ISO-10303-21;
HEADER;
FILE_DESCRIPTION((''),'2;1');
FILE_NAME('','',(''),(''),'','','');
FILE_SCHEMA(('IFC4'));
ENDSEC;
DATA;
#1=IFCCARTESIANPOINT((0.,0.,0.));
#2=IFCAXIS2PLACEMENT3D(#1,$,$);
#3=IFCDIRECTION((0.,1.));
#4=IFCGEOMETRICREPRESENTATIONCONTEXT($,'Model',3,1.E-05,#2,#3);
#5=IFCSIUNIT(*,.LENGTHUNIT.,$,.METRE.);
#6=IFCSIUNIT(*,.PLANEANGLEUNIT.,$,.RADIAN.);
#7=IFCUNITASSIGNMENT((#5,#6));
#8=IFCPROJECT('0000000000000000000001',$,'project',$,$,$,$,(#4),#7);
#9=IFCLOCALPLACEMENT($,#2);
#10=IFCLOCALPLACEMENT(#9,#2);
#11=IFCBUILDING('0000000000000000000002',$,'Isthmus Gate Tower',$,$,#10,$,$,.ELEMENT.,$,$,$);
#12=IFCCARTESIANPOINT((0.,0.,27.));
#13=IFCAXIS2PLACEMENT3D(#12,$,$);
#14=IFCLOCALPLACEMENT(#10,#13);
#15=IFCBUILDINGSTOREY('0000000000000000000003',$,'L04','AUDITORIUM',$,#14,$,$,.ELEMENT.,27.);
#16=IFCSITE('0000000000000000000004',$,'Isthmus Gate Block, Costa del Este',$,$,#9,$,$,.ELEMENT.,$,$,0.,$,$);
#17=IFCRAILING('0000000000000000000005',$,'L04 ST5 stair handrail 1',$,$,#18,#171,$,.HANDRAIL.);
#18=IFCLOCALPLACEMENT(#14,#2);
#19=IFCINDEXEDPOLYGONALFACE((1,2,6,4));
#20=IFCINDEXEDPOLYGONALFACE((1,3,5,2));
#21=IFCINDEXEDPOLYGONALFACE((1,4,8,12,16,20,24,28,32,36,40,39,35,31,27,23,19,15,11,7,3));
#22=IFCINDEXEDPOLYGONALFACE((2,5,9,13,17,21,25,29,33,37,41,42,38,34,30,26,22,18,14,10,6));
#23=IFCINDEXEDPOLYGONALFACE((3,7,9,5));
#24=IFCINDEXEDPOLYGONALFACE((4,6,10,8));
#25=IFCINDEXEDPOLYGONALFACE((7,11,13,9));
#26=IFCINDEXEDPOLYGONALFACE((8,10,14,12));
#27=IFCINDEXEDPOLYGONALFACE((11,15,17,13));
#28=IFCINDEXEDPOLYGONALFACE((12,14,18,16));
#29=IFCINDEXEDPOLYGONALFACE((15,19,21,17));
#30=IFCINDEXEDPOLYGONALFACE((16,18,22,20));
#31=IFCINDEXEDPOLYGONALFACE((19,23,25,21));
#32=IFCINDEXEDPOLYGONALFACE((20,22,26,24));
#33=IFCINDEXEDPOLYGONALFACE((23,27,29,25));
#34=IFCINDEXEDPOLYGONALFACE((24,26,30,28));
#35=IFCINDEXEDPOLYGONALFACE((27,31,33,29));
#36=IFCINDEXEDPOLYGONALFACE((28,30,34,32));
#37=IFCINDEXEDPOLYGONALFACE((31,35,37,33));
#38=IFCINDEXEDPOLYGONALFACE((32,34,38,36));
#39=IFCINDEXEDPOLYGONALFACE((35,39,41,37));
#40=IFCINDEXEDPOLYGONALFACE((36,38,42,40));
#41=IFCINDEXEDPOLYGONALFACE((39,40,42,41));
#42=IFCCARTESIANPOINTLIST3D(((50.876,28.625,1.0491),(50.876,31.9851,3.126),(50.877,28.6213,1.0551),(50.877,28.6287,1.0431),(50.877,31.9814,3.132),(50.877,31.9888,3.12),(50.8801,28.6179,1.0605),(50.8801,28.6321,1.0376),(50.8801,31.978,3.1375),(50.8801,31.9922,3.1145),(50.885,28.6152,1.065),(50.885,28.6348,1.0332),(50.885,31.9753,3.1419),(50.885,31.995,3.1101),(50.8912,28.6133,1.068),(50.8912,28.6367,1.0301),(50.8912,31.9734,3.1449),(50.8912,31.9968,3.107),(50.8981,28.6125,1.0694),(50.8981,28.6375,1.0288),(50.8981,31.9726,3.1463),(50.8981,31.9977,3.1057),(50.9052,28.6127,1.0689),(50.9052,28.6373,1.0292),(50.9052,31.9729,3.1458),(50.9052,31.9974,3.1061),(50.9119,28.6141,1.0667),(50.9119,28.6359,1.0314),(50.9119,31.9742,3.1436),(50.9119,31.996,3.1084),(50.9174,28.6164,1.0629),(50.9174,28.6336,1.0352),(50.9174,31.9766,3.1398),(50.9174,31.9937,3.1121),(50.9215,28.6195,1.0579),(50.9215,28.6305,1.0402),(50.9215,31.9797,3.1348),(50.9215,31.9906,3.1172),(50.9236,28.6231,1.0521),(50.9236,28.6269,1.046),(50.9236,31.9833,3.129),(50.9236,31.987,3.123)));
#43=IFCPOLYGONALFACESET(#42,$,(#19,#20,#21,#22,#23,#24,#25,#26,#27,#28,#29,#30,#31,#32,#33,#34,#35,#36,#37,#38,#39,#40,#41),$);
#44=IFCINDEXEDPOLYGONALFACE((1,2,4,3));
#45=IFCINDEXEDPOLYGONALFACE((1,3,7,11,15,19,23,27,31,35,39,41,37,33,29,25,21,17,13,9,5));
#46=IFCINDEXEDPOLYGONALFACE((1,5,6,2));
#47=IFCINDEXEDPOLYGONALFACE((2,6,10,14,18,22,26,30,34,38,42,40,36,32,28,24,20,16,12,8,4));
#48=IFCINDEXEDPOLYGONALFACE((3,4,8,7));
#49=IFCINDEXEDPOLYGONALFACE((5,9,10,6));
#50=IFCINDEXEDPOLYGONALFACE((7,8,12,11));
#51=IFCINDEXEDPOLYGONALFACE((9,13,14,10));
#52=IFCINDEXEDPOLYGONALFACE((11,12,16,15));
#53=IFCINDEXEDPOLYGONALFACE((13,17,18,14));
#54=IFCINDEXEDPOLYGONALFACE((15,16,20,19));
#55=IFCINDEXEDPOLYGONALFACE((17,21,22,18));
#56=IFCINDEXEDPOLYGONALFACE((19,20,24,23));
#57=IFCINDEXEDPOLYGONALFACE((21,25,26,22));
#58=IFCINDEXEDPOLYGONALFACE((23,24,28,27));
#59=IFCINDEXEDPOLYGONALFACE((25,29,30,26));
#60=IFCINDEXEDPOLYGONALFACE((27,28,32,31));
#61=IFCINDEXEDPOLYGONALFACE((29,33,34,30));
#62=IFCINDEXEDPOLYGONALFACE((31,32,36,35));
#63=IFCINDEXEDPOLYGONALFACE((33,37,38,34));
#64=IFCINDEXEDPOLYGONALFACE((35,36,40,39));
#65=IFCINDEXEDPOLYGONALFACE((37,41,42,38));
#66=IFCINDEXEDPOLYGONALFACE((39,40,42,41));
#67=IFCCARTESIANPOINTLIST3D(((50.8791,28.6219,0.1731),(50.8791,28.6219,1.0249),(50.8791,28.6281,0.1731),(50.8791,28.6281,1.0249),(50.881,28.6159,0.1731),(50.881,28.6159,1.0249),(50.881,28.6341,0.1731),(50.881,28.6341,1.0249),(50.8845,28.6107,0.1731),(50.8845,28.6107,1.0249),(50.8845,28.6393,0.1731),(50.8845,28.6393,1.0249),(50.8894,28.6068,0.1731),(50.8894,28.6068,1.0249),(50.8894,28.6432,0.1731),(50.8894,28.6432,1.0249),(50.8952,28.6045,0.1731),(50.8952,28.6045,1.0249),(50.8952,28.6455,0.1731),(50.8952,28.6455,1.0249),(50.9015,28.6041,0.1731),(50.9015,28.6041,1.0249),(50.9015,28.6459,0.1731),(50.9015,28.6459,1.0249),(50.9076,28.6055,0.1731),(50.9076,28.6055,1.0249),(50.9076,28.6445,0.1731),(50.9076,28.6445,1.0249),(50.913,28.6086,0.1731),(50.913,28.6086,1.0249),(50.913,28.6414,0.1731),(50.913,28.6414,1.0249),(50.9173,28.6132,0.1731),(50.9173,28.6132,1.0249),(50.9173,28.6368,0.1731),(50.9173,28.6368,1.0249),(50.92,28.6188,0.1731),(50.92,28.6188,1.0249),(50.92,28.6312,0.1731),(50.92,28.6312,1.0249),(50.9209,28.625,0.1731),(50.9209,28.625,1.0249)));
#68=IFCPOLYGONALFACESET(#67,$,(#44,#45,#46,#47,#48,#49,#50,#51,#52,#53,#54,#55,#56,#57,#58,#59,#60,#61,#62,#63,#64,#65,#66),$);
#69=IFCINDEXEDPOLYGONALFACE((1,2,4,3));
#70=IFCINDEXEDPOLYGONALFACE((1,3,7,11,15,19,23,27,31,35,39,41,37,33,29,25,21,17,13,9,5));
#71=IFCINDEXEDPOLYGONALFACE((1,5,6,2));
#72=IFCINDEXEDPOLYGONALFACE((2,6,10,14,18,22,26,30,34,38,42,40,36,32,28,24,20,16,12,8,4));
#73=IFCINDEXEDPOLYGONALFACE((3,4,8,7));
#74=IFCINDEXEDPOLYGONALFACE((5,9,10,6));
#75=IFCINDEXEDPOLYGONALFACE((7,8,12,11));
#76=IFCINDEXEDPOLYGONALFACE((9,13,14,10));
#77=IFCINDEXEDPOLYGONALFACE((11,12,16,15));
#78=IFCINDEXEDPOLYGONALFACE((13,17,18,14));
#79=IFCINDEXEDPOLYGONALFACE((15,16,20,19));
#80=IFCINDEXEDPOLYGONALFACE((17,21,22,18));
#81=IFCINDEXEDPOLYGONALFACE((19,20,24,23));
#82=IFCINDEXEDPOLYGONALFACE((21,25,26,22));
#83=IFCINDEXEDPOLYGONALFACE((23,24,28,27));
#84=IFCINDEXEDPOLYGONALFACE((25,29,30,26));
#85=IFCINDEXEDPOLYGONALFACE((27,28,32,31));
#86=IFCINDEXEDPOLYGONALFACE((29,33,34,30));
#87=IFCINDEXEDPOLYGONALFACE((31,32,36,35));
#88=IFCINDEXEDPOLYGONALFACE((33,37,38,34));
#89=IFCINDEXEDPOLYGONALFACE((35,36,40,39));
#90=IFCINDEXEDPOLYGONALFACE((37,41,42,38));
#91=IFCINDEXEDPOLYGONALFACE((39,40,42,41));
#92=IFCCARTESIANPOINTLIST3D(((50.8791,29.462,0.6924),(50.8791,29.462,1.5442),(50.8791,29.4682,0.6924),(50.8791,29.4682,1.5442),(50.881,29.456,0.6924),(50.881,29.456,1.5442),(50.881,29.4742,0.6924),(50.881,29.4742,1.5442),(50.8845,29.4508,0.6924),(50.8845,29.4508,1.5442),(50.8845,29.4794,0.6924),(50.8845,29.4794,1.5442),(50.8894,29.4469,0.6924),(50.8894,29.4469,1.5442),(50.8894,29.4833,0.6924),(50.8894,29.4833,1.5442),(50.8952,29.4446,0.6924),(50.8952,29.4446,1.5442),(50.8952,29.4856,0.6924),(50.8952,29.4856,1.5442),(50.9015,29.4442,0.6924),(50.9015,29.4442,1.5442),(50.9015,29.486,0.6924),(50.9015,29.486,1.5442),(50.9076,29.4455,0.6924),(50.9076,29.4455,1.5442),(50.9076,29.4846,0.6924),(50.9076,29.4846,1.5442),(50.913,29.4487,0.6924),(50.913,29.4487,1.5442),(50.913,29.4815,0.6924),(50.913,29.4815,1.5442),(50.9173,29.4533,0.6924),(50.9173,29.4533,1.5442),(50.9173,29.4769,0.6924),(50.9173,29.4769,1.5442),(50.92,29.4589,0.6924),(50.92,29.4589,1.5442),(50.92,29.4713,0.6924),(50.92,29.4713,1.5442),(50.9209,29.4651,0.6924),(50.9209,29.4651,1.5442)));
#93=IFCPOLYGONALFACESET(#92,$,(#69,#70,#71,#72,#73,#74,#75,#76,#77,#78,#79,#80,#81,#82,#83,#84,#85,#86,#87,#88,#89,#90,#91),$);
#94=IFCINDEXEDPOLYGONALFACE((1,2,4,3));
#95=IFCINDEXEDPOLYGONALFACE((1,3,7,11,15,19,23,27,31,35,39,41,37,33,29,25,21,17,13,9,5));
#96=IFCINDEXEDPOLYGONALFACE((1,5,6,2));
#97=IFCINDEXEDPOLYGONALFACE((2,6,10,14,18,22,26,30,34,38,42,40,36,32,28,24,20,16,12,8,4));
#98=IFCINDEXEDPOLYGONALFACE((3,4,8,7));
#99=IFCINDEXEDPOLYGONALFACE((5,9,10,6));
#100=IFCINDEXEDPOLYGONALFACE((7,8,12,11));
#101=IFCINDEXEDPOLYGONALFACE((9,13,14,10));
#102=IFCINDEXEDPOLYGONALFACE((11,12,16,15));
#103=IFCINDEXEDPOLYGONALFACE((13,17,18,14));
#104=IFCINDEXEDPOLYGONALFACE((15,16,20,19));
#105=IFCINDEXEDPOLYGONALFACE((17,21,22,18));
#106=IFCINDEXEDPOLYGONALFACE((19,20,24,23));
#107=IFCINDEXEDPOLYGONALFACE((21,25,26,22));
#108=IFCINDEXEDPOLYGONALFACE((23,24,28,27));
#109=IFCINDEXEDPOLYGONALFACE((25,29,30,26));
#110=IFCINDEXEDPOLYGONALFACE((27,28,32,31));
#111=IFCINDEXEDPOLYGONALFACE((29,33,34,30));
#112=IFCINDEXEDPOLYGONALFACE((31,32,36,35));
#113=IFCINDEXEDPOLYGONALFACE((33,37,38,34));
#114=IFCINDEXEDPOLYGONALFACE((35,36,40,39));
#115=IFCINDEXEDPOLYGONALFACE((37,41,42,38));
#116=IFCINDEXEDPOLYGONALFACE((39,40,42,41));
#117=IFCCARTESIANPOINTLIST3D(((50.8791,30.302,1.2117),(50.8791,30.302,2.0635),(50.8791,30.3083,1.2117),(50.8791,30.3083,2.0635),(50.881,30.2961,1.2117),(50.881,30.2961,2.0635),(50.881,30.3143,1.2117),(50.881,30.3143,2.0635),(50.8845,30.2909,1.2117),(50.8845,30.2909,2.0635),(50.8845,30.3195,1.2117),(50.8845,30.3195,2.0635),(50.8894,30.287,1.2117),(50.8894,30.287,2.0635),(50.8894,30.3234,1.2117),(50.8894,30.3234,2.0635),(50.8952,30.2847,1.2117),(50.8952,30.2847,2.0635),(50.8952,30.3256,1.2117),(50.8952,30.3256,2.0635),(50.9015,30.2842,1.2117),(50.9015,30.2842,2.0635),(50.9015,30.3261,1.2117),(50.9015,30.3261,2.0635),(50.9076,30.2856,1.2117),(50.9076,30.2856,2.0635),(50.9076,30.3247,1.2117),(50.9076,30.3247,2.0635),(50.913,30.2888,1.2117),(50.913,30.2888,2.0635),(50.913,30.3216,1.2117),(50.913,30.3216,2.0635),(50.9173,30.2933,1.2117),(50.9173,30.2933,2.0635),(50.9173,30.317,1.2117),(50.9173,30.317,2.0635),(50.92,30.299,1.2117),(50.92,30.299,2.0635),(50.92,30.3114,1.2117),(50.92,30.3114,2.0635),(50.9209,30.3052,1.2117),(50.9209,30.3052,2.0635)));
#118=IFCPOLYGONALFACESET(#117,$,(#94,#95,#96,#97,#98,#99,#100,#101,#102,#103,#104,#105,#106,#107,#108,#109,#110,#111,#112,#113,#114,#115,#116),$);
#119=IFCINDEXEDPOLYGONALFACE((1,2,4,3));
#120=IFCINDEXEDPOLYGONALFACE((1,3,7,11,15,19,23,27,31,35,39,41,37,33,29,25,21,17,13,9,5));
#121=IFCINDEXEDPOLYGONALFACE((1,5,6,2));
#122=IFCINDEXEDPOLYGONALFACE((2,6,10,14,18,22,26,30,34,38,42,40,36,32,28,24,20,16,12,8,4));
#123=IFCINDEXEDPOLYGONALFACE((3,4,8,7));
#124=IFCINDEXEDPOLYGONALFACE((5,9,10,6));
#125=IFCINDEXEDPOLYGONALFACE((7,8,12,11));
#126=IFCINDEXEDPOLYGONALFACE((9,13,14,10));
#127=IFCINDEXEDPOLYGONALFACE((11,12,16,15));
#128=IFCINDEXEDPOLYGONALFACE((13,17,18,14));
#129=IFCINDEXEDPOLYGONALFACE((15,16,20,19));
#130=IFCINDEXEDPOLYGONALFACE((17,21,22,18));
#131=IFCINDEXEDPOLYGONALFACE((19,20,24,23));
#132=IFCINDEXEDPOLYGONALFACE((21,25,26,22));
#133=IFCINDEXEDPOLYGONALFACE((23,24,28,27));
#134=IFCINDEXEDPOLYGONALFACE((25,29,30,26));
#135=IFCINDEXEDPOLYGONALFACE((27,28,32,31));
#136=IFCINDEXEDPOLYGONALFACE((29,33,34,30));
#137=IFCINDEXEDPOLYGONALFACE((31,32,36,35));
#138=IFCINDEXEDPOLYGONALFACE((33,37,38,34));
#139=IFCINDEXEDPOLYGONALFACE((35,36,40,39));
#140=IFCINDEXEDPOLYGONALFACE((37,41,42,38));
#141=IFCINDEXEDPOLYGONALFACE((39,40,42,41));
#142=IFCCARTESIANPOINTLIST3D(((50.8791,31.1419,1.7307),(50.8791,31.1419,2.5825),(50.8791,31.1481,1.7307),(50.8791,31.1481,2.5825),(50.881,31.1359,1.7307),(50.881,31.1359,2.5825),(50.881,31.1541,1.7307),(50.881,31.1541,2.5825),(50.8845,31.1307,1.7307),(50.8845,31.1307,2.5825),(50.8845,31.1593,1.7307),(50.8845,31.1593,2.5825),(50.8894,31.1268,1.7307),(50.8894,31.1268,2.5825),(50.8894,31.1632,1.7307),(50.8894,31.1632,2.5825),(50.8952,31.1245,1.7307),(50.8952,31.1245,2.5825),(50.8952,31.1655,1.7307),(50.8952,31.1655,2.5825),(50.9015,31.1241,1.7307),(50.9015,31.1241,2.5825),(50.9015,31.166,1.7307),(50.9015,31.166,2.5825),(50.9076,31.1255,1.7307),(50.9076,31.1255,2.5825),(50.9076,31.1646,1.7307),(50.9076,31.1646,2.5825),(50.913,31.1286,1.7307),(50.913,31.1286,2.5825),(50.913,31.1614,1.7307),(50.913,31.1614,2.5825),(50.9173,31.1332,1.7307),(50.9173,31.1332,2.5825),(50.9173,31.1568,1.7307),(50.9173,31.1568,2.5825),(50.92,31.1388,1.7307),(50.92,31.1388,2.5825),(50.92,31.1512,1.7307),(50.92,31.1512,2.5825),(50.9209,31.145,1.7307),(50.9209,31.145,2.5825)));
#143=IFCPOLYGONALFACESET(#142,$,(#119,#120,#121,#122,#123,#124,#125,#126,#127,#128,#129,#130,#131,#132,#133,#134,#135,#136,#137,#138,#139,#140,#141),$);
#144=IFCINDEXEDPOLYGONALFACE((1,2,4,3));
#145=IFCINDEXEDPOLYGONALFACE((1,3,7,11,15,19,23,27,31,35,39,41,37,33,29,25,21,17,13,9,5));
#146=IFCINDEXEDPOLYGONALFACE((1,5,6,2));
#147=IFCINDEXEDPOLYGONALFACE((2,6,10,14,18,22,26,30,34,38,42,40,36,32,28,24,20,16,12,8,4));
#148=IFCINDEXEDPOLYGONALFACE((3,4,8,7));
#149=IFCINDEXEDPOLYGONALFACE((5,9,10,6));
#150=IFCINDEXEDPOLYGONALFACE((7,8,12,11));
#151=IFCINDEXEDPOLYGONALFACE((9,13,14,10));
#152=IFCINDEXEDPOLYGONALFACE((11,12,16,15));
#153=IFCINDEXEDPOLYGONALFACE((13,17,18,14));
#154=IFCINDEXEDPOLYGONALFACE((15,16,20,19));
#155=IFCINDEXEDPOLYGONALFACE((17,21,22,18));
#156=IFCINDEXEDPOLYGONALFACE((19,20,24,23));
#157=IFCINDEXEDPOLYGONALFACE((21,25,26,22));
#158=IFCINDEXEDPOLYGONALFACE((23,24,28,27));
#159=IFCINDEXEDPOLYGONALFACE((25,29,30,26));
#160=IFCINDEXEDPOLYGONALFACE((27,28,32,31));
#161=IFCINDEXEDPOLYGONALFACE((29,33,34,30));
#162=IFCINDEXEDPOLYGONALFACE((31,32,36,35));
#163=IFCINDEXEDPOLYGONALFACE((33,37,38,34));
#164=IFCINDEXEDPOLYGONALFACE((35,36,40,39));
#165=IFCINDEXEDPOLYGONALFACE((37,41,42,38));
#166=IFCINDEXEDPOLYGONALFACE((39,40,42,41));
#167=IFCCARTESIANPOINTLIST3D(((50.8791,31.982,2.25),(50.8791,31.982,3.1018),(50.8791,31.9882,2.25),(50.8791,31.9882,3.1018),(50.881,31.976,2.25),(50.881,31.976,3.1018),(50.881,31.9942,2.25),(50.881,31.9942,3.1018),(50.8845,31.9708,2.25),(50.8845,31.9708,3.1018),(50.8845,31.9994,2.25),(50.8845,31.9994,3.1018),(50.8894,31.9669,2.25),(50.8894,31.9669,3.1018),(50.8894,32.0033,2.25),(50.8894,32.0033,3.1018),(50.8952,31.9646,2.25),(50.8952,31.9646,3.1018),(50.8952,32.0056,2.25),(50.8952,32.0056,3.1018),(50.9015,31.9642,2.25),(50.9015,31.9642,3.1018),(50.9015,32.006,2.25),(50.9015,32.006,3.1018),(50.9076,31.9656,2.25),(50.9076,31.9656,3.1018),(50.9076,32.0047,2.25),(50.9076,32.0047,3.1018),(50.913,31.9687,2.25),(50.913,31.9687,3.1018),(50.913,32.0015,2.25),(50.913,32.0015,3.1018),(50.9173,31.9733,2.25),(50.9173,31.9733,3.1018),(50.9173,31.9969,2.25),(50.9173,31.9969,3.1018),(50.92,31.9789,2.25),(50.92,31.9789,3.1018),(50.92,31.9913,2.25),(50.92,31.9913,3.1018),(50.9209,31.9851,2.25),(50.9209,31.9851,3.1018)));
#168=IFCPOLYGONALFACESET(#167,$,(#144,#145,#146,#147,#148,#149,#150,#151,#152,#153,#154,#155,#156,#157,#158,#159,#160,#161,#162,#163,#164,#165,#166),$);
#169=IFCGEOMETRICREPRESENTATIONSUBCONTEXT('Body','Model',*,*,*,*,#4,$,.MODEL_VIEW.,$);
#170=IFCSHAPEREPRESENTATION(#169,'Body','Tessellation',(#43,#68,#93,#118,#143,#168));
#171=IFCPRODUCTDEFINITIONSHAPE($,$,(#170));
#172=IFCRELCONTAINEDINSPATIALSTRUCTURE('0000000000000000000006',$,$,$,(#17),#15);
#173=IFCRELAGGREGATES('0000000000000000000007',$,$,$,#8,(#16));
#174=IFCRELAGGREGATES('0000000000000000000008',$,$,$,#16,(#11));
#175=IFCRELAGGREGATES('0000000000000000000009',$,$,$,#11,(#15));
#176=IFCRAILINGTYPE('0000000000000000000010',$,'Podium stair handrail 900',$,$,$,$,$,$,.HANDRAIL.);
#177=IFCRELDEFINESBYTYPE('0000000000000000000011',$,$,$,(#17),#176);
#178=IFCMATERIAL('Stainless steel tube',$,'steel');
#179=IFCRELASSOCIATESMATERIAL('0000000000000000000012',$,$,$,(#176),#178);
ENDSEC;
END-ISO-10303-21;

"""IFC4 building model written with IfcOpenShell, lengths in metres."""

from ifc_helpers import new_model, si_unit, direction, frame, origin, origin_2d, place, context, subcontext, project, spatial, circle, extrude, material, type_object, element, save


model = new_model("IFC4")

# Units and contexts
model_context = context("Model", 3, precision=1e-05, world=origin(), true_north=direction((0.0, 1.0)))
body_context = subcontext(model_context, "Body", "Model", "MODEL_VIEW")
ifc_project = project(units=[si_unit("LENGTHUNIT", "METRE"), si_unit("PLANEANGLEUNIT", "RADIAN")], contexts=[model_context])

# Site, building, storey
site_placement = place(None, origin())
site = spatial("IfcSite", under=ifc_project, at=site_placement, Name="Isthmus Gate Block, Costa del Este", CompositionType="ELEMENT", RefElevation=0.0)
building_placement = place(site_placement, origin())
building = spatial("IfcBuilding", under=site, at=building_placement, Name="Isthmus Gate Tower", CompositionType="ELEMENT")
storey_placement = place(building_placement, frame((0.0, 0.0, 27.0)))
storey = spatial("IfcBuildingStorey", under=building, at=storey_placement, Name="L04", Description="AUDITORIUM", CompositionType="ELEMENT", Elevation=27.0)

# Railing
ifc_material_1 = material(Name="Stainless steel tube", Category="steel")
railing_type_1 = type_object("IfcRailingType", Name="Podium stair handrail 900", PredefinedType="HANDRAIL", material=ifc_material_1)
railing_1_placement = place(storey_placement, frame((50.8999, 28.625, 0.1731)))
element("IfcRailing", 1, at=railing_1_placement, inside=storey, type_object=railing_type_1, Name="L04 ST5 stair handrail 1", PredefinedType="HANDRAIL", context=body_context, shape_type="SweptSolid", body=[
    extrude(circle(Radius=0.0239, at=origin_2d()), frame((0.0, 0.0, 0.876), z_axis=(0.0, 0.850623, 0.525776), x_axis=(-1.0, 0.0, 0.0)), (0.0, 0.0, 1.0), 3.9502),
    extrude(circle(Radius=0.021, at=origin_2d()), origin(), (0.0, 0.0, 1.0), 0.8518),
    extrude(circle(Radius=0.021, at=origin_2d()), frame((0.0, 0.8401, 0.5193)), (0.0, 0.0, 1.0), 0.8518),
    extrude(circle(Radius=0.021, at=origin_2d()), frame((0.0, 1.6802, 1.0386)), (0.0, 0.0, 1.0), 0.8518),
    extrude(circle(Radius=0.021, at=origin_2d()), frame((0.0, 2.52, 1.5576)), (0.0, 0.0, 1.0), 0.8518),
    extrude(circle(Radius=0.021, at=origin_2d()), frame((0.0, 3.3601, 2.0769)), (0.0, 0.0, 1.0), 0.8518),
])

save(model, "model.ifc")
